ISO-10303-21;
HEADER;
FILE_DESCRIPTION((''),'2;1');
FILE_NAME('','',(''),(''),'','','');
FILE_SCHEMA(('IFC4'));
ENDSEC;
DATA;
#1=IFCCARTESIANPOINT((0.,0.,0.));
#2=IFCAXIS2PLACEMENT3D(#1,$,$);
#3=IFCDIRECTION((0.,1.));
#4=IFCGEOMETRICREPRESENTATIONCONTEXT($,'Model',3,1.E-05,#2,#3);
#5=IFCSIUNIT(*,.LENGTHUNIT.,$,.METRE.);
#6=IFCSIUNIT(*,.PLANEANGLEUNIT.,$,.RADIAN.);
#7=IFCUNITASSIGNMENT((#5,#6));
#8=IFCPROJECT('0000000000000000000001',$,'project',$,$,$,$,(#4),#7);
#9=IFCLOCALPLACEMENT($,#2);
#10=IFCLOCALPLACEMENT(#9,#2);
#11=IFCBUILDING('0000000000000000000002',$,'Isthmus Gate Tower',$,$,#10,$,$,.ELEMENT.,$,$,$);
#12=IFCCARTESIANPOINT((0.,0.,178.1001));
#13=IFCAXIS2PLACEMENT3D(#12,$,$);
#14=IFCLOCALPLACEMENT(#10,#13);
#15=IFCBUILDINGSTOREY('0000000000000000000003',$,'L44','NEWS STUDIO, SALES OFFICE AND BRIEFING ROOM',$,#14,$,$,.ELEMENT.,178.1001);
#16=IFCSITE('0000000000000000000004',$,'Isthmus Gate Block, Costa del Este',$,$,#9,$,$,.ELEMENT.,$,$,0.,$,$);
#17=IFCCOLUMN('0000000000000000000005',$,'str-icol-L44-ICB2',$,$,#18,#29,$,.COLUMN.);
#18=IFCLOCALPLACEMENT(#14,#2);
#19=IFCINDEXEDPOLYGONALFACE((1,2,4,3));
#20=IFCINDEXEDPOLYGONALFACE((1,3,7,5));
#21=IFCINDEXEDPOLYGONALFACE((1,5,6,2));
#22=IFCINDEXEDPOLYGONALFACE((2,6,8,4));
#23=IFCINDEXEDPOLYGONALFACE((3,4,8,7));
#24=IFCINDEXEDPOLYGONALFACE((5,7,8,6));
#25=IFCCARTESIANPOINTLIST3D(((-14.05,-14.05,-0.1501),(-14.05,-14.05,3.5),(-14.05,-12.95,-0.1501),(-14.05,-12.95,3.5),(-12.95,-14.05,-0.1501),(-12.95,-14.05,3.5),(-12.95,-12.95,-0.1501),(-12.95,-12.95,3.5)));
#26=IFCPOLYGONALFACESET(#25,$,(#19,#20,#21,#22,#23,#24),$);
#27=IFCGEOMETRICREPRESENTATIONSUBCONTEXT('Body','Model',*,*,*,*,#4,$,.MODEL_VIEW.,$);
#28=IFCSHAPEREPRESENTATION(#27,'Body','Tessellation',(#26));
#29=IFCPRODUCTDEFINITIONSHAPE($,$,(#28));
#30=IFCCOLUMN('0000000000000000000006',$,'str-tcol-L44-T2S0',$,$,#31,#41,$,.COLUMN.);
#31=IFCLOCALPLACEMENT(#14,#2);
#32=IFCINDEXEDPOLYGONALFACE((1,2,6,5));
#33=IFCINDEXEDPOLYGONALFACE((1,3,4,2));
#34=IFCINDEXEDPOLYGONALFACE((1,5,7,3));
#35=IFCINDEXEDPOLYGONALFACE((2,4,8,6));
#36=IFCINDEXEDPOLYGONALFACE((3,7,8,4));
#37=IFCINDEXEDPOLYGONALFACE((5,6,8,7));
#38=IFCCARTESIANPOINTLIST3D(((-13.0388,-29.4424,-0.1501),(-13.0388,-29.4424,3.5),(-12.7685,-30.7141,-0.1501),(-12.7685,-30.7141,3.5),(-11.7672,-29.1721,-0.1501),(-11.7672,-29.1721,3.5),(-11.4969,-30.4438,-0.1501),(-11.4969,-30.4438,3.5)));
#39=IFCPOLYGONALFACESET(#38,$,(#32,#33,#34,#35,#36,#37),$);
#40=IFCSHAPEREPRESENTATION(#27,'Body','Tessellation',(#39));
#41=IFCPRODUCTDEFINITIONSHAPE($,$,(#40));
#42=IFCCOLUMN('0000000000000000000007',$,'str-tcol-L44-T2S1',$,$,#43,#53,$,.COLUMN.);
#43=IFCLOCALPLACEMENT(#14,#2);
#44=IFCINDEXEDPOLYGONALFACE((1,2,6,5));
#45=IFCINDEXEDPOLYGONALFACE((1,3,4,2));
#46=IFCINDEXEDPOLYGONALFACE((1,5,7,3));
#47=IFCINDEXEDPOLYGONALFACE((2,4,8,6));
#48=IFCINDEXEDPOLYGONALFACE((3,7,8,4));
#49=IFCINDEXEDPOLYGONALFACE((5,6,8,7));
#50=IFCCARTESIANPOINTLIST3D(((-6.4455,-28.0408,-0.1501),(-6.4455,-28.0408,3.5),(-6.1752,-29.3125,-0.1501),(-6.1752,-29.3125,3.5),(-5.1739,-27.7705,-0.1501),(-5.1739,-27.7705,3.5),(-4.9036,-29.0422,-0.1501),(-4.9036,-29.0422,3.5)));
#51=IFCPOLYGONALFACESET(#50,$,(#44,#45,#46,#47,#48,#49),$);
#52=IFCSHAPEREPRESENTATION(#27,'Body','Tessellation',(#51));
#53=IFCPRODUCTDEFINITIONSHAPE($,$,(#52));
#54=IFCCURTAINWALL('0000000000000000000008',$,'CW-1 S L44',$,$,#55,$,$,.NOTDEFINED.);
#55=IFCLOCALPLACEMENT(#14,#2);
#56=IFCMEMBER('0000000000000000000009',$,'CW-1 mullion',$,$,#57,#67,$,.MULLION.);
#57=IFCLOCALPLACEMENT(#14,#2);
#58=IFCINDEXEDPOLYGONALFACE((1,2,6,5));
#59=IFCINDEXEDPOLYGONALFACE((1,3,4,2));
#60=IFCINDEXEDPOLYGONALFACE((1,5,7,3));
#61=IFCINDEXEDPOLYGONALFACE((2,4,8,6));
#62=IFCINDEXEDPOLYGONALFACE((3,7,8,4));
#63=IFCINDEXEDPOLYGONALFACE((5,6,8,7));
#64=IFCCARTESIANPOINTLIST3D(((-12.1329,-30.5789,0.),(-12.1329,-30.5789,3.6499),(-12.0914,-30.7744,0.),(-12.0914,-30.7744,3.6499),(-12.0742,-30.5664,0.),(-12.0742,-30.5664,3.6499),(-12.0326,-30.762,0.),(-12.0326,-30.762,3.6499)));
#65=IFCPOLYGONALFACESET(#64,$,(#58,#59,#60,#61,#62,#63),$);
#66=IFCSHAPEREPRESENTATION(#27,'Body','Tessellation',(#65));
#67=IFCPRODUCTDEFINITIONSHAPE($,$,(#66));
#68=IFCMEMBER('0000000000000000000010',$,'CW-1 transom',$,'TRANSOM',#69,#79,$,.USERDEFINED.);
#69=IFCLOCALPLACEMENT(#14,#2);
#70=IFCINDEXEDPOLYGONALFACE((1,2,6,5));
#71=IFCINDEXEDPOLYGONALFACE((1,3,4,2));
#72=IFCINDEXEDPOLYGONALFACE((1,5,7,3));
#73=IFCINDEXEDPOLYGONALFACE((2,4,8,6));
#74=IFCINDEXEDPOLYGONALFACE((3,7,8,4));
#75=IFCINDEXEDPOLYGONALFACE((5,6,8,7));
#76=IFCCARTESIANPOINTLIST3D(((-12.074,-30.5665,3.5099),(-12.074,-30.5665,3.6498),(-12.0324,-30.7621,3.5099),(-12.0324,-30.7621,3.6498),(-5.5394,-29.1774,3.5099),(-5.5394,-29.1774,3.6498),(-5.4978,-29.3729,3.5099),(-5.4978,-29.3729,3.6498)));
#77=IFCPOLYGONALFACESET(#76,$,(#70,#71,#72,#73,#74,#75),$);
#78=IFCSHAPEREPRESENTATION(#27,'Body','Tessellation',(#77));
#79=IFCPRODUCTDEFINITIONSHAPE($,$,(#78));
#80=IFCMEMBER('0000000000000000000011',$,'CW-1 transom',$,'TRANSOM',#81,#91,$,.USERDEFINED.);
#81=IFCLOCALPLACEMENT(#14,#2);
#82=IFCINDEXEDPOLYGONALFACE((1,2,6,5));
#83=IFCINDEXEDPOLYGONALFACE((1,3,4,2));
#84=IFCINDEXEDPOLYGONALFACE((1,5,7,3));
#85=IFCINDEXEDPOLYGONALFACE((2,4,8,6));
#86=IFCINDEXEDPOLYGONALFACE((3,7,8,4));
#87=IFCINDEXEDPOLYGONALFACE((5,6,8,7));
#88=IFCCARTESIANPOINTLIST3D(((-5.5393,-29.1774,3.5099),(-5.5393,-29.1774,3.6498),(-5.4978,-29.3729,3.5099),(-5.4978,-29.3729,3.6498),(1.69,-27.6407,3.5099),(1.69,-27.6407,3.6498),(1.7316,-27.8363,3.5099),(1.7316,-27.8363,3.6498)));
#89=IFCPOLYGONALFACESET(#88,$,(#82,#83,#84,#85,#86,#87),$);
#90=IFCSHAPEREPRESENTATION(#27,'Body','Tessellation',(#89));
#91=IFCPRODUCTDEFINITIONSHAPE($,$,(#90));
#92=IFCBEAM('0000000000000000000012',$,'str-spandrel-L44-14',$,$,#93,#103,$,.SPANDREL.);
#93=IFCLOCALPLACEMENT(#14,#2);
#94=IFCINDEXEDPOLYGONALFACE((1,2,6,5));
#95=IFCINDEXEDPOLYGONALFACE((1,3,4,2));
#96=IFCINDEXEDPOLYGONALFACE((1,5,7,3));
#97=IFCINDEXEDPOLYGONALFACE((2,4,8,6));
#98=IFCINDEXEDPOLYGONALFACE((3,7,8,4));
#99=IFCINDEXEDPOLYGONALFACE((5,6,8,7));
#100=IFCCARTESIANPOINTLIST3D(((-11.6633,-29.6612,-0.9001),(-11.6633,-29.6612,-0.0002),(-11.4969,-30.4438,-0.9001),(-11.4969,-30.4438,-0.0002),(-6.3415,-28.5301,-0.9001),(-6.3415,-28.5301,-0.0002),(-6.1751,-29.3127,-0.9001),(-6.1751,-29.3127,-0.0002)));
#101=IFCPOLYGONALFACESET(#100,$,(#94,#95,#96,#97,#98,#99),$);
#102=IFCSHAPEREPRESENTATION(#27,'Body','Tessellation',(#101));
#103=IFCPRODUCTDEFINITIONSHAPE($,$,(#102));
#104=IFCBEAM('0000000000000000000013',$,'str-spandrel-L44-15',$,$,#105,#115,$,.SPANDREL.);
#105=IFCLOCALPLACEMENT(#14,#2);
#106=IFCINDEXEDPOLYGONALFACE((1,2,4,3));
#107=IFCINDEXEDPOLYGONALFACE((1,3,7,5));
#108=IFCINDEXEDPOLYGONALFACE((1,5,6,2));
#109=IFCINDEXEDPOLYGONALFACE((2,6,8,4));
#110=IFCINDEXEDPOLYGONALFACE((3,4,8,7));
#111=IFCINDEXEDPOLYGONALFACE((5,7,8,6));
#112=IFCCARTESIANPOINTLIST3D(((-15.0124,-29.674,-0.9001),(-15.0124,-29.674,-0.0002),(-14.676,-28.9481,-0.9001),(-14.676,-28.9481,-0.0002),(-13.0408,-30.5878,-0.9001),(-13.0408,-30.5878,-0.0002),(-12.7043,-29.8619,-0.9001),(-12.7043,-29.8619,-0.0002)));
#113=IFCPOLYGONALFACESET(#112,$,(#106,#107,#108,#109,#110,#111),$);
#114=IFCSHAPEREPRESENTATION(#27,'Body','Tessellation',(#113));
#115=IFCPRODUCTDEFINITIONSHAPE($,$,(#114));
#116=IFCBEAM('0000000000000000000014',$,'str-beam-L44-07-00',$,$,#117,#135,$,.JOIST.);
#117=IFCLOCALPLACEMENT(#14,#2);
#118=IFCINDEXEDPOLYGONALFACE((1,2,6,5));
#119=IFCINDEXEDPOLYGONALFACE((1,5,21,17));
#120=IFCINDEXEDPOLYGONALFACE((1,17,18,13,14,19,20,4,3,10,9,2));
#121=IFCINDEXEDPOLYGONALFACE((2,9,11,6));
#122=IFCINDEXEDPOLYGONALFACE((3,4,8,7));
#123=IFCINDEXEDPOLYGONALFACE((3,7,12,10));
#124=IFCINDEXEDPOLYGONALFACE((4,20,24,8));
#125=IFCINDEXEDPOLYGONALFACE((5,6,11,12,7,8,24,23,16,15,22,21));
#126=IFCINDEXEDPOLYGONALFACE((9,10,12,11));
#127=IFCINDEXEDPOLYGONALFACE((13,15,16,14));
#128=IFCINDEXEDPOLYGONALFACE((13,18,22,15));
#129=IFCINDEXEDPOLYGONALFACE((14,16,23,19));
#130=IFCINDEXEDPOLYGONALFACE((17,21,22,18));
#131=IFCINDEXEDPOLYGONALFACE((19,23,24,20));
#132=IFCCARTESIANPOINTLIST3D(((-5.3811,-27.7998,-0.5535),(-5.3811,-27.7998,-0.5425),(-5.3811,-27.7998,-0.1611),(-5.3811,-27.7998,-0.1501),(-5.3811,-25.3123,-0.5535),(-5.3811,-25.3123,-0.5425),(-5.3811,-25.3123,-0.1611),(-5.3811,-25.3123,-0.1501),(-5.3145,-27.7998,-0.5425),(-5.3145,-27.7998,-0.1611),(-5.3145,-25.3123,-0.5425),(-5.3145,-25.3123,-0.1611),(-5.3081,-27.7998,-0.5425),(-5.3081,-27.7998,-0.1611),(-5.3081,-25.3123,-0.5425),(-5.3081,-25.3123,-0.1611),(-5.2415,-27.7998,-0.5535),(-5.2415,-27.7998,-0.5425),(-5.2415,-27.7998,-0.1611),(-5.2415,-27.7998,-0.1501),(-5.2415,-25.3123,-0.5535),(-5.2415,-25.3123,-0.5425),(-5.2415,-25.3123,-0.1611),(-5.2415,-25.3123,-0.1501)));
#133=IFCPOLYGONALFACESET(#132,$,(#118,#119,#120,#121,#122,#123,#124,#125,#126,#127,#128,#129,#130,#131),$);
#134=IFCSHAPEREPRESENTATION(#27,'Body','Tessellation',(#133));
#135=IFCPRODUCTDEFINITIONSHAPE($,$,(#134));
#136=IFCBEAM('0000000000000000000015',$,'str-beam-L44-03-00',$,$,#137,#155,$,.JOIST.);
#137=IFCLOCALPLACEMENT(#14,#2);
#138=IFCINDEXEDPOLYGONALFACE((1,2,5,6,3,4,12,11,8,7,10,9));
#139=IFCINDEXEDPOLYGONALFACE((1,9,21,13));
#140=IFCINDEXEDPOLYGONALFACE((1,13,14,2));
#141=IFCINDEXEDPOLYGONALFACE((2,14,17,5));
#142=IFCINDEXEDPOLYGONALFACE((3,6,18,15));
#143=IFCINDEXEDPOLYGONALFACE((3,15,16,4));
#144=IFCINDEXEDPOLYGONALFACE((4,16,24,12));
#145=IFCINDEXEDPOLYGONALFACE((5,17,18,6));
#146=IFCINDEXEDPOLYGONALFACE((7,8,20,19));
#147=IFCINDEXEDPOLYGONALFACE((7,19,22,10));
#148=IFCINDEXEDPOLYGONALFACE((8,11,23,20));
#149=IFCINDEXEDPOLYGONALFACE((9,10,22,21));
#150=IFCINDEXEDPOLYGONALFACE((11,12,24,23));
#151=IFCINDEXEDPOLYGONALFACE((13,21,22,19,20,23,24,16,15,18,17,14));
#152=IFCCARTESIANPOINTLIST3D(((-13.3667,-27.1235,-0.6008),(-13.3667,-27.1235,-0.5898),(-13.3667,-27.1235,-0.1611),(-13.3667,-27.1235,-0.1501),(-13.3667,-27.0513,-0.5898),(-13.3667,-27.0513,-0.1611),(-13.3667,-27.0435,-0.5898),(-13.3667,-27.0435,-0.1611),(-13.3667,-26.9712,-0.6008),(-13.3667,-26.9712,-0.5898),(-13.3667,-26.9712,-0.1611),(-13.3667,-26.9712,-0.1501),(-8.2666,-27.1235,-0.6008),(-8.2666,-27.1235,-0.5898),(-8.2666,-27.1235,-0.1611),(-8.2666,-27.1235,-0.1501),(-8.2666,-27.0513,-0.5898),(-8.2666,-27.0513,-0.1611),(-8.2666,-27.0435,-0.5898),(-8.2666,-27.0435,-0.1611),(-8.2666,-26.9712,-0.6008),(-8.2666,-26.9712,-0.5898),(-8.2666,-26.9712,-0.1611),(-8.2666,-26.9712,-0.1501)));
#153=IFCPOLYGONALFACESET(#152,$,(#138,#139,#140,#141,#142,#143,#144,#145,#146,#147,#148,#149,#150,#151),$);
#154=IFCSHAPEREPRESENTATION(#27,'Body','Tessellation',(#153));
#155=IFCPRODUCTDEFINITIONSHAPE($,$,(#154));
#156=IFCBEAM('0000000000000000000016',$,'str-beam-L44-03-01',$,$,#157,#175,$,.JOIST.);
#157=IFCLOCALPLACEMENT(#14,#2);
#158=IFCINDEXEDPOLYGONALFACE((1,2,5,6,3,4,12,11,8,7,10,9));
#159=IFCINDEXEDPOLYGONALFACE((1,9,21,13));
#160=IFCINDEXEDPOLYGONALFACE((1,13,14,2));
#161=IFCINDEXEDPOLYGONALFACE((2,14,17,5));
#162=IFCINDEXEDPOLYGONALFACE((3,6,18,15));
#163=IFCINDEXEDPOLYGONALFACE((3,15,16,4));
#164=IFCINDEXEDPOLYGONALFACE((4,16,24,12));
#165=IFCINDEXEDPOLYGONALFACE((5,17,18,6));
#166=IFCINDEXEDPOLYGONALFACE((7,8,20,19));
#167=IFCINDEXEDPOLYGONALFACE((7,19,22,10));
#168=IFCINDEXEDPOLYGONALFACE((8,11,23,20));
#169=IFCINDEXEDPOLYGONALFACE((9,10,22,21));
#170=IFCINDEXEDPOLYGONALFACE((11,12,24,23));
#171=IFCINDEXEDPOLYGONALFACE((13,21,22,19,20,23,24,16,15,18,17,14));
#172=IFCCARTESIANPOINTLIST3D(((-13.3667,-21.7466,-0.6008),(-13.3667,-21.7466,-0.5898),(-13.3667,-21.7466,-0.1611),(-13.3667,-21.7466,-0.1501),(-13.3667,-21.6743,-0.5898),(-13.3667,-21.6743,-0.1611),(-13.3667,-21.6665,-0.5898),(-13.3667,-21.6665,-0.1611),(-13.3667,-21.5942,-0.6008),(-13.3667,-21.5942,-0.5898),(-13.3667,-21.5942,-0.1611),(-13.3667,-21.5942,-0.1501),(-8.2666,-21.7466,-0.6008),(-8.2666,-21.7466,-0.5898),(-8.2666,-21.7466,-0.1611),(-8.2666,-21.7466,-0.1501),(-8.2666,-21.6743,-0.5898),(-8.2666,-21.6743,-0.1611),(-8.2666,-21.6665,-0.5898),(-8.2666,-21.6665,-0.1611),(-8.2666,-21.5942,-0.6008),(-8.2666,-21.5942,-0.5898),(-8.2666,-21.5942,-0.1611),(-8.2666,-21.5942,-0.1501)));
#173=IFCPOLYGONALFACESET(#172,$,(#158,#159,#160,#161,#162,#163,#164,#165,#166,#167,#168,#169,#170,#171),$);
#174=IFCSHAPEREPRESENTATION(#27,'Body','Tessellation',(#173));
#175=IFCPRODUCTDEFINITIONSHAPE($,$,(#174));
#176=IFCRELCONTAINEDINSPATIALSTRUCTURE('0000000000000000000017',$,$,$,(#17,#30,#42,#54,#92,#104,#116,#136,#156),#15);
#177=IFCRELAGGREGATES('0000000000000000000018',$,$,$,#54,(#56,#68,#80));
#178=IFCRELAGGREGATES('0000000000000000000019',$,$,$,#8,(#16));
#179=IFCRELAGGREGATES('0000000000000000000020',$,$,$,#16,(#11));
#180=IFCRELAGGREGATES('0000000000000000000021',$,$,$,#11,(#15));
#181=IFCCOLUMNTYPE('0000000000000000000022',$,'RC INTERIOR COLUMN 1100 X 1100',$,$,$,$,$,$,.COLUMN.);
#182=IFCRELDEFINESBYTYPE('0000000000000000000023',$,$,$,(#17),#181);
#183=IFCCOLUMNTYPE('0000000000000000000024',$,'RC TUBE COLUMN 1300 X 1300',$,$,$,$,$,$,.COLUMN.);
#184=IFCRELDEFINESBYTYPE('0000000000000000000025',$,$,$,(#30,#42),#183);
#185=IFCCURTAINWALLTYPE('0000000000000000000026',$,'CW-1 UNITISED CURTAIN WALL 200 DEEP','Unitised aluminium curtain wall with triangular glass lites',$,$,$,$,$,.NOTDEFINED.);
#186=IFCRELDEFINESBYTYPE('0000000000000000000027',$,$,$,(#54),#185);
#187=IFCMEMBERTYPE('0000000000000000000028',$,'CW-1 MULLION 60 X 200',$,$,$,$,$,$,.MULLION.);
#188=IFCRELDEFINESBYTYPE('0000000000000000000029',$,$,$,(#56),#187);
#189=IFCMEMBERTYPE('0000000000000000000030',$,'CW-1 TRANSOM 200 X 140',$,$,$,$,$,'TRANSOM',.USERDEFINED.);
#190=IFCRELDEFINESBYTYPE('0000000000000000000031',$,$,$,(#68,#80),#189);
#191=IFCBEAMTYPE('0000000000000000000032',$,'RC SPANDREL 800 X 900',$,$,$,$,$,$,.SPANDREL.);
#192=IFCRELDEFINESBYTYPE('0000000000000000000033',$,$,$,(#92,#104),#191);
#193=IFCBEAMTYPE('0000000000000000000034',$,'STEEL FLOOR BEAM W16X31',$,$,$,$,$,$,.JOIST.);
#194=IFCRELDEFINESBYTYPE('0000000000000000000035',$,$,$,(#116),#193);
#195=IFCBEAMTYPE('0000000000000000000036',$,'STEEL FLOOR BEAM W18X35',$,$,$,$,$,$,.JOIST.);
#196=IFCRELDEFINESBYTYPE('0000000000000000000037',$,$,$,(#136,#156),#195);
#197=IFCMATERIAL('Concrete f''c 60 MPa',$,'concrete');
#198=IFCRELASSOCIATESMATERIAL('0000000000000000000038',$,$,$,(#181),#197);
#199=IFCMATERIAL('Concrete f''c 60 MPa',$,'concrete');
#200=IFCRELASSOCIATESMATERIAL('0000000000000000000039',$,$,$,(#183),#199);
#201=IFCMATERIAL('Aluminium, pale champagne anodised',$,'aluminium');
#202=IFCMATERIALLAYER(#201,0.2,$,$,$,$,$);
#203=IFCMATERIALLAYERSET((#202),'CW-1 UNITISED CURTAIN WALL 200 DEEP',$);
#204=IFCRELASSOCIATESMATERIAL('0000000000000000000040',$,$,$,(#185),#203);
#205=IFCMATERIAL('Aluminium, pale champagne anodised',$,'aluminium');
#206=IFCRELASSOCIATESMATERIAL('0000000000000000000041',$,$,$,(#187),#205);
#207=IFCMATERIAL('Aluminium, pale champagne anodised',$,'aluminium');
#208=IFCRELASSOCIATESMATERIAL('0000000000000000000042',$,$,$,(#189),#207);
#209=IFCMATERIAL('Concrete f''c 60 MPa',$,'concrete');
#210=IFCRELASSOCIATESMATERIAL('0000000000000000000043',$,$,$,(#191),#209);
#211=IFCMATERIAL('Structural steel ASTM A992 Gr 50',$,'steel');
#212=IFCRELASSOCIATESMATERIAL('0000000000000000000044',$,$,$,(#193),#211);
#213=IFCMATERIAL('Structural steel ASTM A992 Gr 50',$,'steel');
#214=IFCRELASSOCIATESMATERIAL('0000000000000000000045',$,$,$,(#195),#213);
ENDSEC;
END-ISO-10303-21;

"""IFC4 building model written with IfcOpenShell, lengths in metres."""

from ifc_helpers import new_model, si_unit, direction, frame, origin, origin_2d, place, context, subcontext, project, spatial, rectangle, i_section, extrude, material, layer, layer_set, material_profile, profile_set, type_object, element, aggregate, save


model = new_model("IFC4")

# Units and contexts
model_context = context("Model", 3, precision=1e-05, world=origin(), true_north=direction((0.0, 1.0)))
body_context = subcontext(model_context, "Body", "Model", "MODEL_VIEW")
ifc_project = project(units=[si_unit("LENGTHUNIT", "METRE"), si_unit("PLANEANGLEUNIT", "RADIAN")], contexts=[model_context])

# Site, building, storey
site_placement = place(None, origin())
site = spatial("IfcSite", under=ifc_project, at=site_placement, Name="Isthmus Gate Block, Costa del Este", CompositionType="ELEMENT", RefElevation=0.0)
building_placement = place(site_placement, origin())
building = spatial("IfcBuilding", under=site, at=building_placement, Name="Isthmus Gate Tower", CompositionType="ELEMENT")
storey_placement = place(building_placement, frame((0.0, 0.0, 178.1001)))
storey = spatial("IfcBuildingStorey", under=building, at=storey_placement, Name="L44", Description="NEWS STUDIO, SALES OFFICE AND BRIEFING ROOM", CompositionType="ELEMENT", Elevation=178.1001)

# Columns
ifc_material_1 = material(Name="Concrete f'c 60 MPa", Category="concrete")
ifc_material_profile_1 = material_profile(ifc_material_1, rectangle(XDim=1.1001, YDim=1.1001, at=origin_2d()), Name="RC 1100X1100")
ifc_profile_set_1 = profile_set([ifc_material_profile_1], Name="Concrete f'c 60 MPa")
column_type_1 = type_object("IfcColumnType", Name="RC INTERIOR COLUMN 1100 X 1100", PredefinedType="COLUMN", material=ifc_profile_set_1)
column_placement = place(storey_placement, frame((-13.5, -13.5, -0.1501), z_axis=(0.0, 0.0, 1.0), x_axis=(1.0, 0.0, 0.0)))
element("IfcColumn", 1, at=column_placement, inside=storey, type_object=column_type_1, Name="str-icol-L44-ICB2", PredefinedType="COLUMN", context=body_context, shape_type="SweptSolid", body=[
    extrude(rectangle(XDim=1.1001, YDim=1.1001, at=origin_2d()), origin(), (0.0, 0.0, 1.0), 3.6501),
])
ifc_material_2 = material(Name="Concrete f'c 60 MPa", Category="concrete")
ifc_material_profile_2 = material_profile(ifc_material_2, rectangle(XDim=1.3, YDim=1.3, at=origin_2d()), Name="RC 1300X1300")
ifc_profile_set_2 = profile_set([ifc_material_profile_2], Name="Concrete f'c 60 MPa")
column_type_2 = type_object("IfcColumnType", Name="RC TUBE COLUMN 1300 X 1300", PredefinedType="COLUMN", material=ifc_profile_set_2)
for number, where, z_axis, x_axis, name in (
    (2, (-12.2678, -29.9431, -0.1501), (0.0, 0.0, 1.0), (0.978148, 0.207912, 0.0), "str-tcol-L44-T2S0"),
    (3, (-5.6746, -28.5415, -0.1501), (0.0, 0.0, 1.0), (0.978148, 0.207912, 0.0), "str-tcol-L44-T2S1"),
):
    element("IfcColumn", number, at=place(storey_placement, frame(where, z_axis=z_axis, x_axis=x_axis)), inside=storey, type_object=column_type_2, Name=name, PredefinedType="COLUMN", context=body_context, shape_type="SweptSolid", body=[
        extrude(rectangle(XDim=1.3, YDim=1.3, at=origin_2d()), origin(), (0.0, 0.0, 1.0), 3.6501),
    ])

# Curtain wall, members
ifc_material_3 = material(Name="Aluminium, pale champagne anodised", Category="aluminium")
ifc_layer_1 = layer(ifc_material_3, 0.2)
ifc_layer_set_1 = layer_set([ifc_layer_1], Name="CW-1 UNITISED CURTAIN WALL 200 DEEP")
curtain_wall_type = type_object("IfcCurtainWallType", Name="CW-1 UNITISED CURTAIN WALL 200 DEEP", Description="Unitised aluminium curtain wall with triangular glass lites", PredefinedType="NOTDEFINED", material=ifc_layer_set_1)
curtain_wall_1_placement = place(storey_placement, origin())
curtain_wall_1 = element("IfcCurtainWall", 4, at=curtain_wall_1_placement, inside=storey, type_object=curtain_wall_type, Name="CW-1 S L44", PredefinedType="NOTDEFINED")
ifc_material_4 = material(Name="Aluminium, pale champagne anodised", Category="aluminium")
ifc_material_profile_3 = material_profile(ifc_material_4, rectangle(XDim=0.0601, YDim=0.2, at=origin_2d()), Name="60x200")
ifc_profile_set_3 = profile_set([ifc_material_profile_3], Name="Aluminium, pale champagne anodised")
member_type_1 = type_object("IfcMemberType", Name="CW-1 MULLION 60 X 200", PredefinedType="MULLION", material=ifc_profile_set_3)
member_1_placement = place(storey_placement, frame((-12.0828, -30.6704, 0.0), z_axis=(0.0, 0.0, 1.0), x_axis=(0.978148, 0.207912, 0.0)))
member_1 = element("IfcMember", 5, at=member_1_placement, type_object=member_type_1, Name="CW-1 mullion", PredefinedType="MULLION", context=body_context, shape_type="SweptSolid", body=[
    extrude(rectangle(XDim=0.0601, YDim=0.2, at=origin_2d()), origin(), (0.0, 0.0, 1.0), 3.6499),
])
ifc_material_5 = material(Name="Aluminium, pale champagne anodised", Category="aluminium")
ifc_material_profile_4 = material_profile(ifc_material_5, rectangle(XDim=0.2, YDim=0.1399, at=origin_2d()), Name="200x140")
ifc_profile_set_4 = profile_set([ifc_material_profile_4], Name="Aluminium, pale champagne anodised")
member_type_2 = type_object("IfcMemberType", Name="CW-1 TRANSOM 200 X 140", ElementType="TRANSOM", PredefinedType="USERDEFINED", material=ifc_profile_set_4)
member_2_placement = place(storey_placement, frame((-12.0532, -30.6643, 3.5798), z_axis=(0.978142, 0.207937, 0.0), x_axis=(-0.207937, 0.978142, 0.0)))
member_2 = element("IfcMember", 6, at=member_2_placement, type_object=member_type_2, Name="CW-1 transom", ObjectType="TRANSOM", PredefinedType="USERDEFINED", context=body_context, shape_type="SweptSolid", body=[
    extrude(rectangle(XDim=0.2, YDim=0.1399, at=origin_2d()), origin(), (0.0, 0.0, 1.0), 6.6807),
])
member_3_placement = place(storey_placement, frame((-5.5186, -29.2751, 3.5798), z_axis=(0.978148, 0.207911, 0.0), x_axis=(-0.207911, 0.978148, 0.0)))
member_3 = element("IfcMember", 7, at=member_3_placement, type_object=member_type_2, Name="CW-1 transom", ObjectType="TRANSOM", PredefinedType="USERDEFINED", context=body_context, shape_type="SweptSolid", body=[
    extrude(rectangle(XDim=0.2, YDim=0.1399, at=origin_2d()), origin(), (0.0, 0.0, 1.0), 7.3909),
])

# Beams
ifc_material_6 = material(Name="Concrete f'c 60 MPa", Category="concrete")
ifc_material_profile_5 = material_profile(ifc_material_6, rectangle(XDim=0.8, YDim=0.8999, at=origin_2d()), Name="RC 800X900")
ifc_profile_set_5 = profile_set([ifc_material_profile_5], Name="Concrete f'c 60 MPa")
beam_type_1 = type_object("IfcBeamType", Name="RC SPANDREL 800 X 900", PredefinedType="SPANDREL", material=ifc_profile_set_5)
beam_1_placement = place(storey_placement, frame((-6.2583, -28.9214, -0.4502), z_axis=(-0.97815, -0.207898, 0.0), x_axis=(0.207898, -0.97815, 0.0)))
element("IfcBeam", 8, at=beam_1_placement, inside=storey, type_object=beam_type_1, Name="str-spandrel-L44-14", PredefinedType="SPANDREL", context=body_context, shape_type="SweptSolid", body=[
    extrude(rectangle(XDim=0.8, YDim=0.8999, at=origin_2d()), origin(), (0.0, 0.0, 1.0), 5.4407),
])
beam_2_placement = place(storey_placement, frame((-12.8726, -30.2249, -0.4502), z_axis=(-0.907291, 0.420504, 0.0), x_axis=(-0.420504, -0.907291, 0.0)))
element("IfcBeam", 9, at=beam_2_placement, inside=storey, type_object=beam_type_1, Name="str-spandrel-L44-15", PredefinedType="SPANDREL", context=body_context, shape_type="SweptSolid", body=[
    extrude(rectangle(XDim=0.8, YDim=0.8999, at=origin_2d()), origin(), (0.0, 0.0, 1.0), 2.1731),
])
ifc_material_7 = material(Name="Structural steel ASTM A992 Gr 50", Category="steel")
ifc_material_profile_6 = material_profile(ifc_material_7, i_section(OverallWidth=0.1396, OverallDepth=0.4033, WebThickness=0.0063, FlangeThickness=0.011, at=origin_2d()), Name="W16X31")
ifc_profile_set_6 = profile_set([ifc_material_profile_6], Name="Structural steel ASTM A992 Gr 50")
beam_type_2 = type_object("IfcBeamType", Name="STEEL FLOOR BEAM W16X31", PredefinedType="JOIST", material=ifc_profile_set_6)
beam_3_placement = place(storey_placement, frame((-5.3113, -27.7998, -0.3518), z_axis=(0.0, 1.0, 0.0), x_axis=(-1.0, 0.0, 0.0)))
element("IfcBeam", 10, at=beam_3_placement, inside=storey, type_object=beam_type_2, Name="str-beam-L44-07-00", PredefinedType="JOIST", context=body_context, shape_type="SweptSolid", body=[
    extrude(i_section(OverallWidth=0.1396, OverallDepth=0.4033, WebThickness=0.0063, FlangeThickness=0.011, at=origin_2d()), origin(), (0.0, 0.0, 1.0), 2.4875),
])
ifc_material_8 = material(Name="Structural steel ASTM A992 Gr 50", Category="steel")
ifc_material_profile_7 = material_profile(ifc_material_8, i_section(OverallWidth=0.1523, OverallDepth=0.4507, WebThickness=0.0078, FlangeThickness=0.011, at=origin_2d()), Name="W18X35")
ifc_profile_set_7 = profile_set([ifc_material_profile_7], Name="Structural steel ASTM A992 Gr 50")
beam_type_3 = type_object("IfcBeamType", Name="STEEL FLOOR BEAM W18X35", PredefinedType="JOIST", material=ifc_profile_set_7)
for number, where, z_axis, x_axis, name in (
    (11, (-13.3667, -27.0474, -0.3755), (1.0, 0.0, 0.0), (0.0, 1.0, 0.0), "str-beam-L44-03-00"),
    (12, (-13.3667, -21.6704, -0.3755), (1.0, 0.0, 0.0), (0.0, 1.0, 0.0), "str-beam-L44-03-01"),
):
    element("IfcBeam", number, at=place(storey_placement, frame(where, z_axis=z_axis, x_axis=x_axis)), inside=storey, type_object=beam_type_3, Name=name, PredefinedType="JOIST", context=body_context, shape_type="SweptSolid", body=[
        extrude(i_section(OverallWidth=0.1523, OverallDepth=0.4507, WebThickness=0.0078, FlangeThickness=0.011, at=origin_2d()), origin(), (0.0, 0.0, 1.0), 5.1001),
    ])

aggregate(curtain_wall_1, [member_1, member_2, member_3])

save(model, "model.ifc")
